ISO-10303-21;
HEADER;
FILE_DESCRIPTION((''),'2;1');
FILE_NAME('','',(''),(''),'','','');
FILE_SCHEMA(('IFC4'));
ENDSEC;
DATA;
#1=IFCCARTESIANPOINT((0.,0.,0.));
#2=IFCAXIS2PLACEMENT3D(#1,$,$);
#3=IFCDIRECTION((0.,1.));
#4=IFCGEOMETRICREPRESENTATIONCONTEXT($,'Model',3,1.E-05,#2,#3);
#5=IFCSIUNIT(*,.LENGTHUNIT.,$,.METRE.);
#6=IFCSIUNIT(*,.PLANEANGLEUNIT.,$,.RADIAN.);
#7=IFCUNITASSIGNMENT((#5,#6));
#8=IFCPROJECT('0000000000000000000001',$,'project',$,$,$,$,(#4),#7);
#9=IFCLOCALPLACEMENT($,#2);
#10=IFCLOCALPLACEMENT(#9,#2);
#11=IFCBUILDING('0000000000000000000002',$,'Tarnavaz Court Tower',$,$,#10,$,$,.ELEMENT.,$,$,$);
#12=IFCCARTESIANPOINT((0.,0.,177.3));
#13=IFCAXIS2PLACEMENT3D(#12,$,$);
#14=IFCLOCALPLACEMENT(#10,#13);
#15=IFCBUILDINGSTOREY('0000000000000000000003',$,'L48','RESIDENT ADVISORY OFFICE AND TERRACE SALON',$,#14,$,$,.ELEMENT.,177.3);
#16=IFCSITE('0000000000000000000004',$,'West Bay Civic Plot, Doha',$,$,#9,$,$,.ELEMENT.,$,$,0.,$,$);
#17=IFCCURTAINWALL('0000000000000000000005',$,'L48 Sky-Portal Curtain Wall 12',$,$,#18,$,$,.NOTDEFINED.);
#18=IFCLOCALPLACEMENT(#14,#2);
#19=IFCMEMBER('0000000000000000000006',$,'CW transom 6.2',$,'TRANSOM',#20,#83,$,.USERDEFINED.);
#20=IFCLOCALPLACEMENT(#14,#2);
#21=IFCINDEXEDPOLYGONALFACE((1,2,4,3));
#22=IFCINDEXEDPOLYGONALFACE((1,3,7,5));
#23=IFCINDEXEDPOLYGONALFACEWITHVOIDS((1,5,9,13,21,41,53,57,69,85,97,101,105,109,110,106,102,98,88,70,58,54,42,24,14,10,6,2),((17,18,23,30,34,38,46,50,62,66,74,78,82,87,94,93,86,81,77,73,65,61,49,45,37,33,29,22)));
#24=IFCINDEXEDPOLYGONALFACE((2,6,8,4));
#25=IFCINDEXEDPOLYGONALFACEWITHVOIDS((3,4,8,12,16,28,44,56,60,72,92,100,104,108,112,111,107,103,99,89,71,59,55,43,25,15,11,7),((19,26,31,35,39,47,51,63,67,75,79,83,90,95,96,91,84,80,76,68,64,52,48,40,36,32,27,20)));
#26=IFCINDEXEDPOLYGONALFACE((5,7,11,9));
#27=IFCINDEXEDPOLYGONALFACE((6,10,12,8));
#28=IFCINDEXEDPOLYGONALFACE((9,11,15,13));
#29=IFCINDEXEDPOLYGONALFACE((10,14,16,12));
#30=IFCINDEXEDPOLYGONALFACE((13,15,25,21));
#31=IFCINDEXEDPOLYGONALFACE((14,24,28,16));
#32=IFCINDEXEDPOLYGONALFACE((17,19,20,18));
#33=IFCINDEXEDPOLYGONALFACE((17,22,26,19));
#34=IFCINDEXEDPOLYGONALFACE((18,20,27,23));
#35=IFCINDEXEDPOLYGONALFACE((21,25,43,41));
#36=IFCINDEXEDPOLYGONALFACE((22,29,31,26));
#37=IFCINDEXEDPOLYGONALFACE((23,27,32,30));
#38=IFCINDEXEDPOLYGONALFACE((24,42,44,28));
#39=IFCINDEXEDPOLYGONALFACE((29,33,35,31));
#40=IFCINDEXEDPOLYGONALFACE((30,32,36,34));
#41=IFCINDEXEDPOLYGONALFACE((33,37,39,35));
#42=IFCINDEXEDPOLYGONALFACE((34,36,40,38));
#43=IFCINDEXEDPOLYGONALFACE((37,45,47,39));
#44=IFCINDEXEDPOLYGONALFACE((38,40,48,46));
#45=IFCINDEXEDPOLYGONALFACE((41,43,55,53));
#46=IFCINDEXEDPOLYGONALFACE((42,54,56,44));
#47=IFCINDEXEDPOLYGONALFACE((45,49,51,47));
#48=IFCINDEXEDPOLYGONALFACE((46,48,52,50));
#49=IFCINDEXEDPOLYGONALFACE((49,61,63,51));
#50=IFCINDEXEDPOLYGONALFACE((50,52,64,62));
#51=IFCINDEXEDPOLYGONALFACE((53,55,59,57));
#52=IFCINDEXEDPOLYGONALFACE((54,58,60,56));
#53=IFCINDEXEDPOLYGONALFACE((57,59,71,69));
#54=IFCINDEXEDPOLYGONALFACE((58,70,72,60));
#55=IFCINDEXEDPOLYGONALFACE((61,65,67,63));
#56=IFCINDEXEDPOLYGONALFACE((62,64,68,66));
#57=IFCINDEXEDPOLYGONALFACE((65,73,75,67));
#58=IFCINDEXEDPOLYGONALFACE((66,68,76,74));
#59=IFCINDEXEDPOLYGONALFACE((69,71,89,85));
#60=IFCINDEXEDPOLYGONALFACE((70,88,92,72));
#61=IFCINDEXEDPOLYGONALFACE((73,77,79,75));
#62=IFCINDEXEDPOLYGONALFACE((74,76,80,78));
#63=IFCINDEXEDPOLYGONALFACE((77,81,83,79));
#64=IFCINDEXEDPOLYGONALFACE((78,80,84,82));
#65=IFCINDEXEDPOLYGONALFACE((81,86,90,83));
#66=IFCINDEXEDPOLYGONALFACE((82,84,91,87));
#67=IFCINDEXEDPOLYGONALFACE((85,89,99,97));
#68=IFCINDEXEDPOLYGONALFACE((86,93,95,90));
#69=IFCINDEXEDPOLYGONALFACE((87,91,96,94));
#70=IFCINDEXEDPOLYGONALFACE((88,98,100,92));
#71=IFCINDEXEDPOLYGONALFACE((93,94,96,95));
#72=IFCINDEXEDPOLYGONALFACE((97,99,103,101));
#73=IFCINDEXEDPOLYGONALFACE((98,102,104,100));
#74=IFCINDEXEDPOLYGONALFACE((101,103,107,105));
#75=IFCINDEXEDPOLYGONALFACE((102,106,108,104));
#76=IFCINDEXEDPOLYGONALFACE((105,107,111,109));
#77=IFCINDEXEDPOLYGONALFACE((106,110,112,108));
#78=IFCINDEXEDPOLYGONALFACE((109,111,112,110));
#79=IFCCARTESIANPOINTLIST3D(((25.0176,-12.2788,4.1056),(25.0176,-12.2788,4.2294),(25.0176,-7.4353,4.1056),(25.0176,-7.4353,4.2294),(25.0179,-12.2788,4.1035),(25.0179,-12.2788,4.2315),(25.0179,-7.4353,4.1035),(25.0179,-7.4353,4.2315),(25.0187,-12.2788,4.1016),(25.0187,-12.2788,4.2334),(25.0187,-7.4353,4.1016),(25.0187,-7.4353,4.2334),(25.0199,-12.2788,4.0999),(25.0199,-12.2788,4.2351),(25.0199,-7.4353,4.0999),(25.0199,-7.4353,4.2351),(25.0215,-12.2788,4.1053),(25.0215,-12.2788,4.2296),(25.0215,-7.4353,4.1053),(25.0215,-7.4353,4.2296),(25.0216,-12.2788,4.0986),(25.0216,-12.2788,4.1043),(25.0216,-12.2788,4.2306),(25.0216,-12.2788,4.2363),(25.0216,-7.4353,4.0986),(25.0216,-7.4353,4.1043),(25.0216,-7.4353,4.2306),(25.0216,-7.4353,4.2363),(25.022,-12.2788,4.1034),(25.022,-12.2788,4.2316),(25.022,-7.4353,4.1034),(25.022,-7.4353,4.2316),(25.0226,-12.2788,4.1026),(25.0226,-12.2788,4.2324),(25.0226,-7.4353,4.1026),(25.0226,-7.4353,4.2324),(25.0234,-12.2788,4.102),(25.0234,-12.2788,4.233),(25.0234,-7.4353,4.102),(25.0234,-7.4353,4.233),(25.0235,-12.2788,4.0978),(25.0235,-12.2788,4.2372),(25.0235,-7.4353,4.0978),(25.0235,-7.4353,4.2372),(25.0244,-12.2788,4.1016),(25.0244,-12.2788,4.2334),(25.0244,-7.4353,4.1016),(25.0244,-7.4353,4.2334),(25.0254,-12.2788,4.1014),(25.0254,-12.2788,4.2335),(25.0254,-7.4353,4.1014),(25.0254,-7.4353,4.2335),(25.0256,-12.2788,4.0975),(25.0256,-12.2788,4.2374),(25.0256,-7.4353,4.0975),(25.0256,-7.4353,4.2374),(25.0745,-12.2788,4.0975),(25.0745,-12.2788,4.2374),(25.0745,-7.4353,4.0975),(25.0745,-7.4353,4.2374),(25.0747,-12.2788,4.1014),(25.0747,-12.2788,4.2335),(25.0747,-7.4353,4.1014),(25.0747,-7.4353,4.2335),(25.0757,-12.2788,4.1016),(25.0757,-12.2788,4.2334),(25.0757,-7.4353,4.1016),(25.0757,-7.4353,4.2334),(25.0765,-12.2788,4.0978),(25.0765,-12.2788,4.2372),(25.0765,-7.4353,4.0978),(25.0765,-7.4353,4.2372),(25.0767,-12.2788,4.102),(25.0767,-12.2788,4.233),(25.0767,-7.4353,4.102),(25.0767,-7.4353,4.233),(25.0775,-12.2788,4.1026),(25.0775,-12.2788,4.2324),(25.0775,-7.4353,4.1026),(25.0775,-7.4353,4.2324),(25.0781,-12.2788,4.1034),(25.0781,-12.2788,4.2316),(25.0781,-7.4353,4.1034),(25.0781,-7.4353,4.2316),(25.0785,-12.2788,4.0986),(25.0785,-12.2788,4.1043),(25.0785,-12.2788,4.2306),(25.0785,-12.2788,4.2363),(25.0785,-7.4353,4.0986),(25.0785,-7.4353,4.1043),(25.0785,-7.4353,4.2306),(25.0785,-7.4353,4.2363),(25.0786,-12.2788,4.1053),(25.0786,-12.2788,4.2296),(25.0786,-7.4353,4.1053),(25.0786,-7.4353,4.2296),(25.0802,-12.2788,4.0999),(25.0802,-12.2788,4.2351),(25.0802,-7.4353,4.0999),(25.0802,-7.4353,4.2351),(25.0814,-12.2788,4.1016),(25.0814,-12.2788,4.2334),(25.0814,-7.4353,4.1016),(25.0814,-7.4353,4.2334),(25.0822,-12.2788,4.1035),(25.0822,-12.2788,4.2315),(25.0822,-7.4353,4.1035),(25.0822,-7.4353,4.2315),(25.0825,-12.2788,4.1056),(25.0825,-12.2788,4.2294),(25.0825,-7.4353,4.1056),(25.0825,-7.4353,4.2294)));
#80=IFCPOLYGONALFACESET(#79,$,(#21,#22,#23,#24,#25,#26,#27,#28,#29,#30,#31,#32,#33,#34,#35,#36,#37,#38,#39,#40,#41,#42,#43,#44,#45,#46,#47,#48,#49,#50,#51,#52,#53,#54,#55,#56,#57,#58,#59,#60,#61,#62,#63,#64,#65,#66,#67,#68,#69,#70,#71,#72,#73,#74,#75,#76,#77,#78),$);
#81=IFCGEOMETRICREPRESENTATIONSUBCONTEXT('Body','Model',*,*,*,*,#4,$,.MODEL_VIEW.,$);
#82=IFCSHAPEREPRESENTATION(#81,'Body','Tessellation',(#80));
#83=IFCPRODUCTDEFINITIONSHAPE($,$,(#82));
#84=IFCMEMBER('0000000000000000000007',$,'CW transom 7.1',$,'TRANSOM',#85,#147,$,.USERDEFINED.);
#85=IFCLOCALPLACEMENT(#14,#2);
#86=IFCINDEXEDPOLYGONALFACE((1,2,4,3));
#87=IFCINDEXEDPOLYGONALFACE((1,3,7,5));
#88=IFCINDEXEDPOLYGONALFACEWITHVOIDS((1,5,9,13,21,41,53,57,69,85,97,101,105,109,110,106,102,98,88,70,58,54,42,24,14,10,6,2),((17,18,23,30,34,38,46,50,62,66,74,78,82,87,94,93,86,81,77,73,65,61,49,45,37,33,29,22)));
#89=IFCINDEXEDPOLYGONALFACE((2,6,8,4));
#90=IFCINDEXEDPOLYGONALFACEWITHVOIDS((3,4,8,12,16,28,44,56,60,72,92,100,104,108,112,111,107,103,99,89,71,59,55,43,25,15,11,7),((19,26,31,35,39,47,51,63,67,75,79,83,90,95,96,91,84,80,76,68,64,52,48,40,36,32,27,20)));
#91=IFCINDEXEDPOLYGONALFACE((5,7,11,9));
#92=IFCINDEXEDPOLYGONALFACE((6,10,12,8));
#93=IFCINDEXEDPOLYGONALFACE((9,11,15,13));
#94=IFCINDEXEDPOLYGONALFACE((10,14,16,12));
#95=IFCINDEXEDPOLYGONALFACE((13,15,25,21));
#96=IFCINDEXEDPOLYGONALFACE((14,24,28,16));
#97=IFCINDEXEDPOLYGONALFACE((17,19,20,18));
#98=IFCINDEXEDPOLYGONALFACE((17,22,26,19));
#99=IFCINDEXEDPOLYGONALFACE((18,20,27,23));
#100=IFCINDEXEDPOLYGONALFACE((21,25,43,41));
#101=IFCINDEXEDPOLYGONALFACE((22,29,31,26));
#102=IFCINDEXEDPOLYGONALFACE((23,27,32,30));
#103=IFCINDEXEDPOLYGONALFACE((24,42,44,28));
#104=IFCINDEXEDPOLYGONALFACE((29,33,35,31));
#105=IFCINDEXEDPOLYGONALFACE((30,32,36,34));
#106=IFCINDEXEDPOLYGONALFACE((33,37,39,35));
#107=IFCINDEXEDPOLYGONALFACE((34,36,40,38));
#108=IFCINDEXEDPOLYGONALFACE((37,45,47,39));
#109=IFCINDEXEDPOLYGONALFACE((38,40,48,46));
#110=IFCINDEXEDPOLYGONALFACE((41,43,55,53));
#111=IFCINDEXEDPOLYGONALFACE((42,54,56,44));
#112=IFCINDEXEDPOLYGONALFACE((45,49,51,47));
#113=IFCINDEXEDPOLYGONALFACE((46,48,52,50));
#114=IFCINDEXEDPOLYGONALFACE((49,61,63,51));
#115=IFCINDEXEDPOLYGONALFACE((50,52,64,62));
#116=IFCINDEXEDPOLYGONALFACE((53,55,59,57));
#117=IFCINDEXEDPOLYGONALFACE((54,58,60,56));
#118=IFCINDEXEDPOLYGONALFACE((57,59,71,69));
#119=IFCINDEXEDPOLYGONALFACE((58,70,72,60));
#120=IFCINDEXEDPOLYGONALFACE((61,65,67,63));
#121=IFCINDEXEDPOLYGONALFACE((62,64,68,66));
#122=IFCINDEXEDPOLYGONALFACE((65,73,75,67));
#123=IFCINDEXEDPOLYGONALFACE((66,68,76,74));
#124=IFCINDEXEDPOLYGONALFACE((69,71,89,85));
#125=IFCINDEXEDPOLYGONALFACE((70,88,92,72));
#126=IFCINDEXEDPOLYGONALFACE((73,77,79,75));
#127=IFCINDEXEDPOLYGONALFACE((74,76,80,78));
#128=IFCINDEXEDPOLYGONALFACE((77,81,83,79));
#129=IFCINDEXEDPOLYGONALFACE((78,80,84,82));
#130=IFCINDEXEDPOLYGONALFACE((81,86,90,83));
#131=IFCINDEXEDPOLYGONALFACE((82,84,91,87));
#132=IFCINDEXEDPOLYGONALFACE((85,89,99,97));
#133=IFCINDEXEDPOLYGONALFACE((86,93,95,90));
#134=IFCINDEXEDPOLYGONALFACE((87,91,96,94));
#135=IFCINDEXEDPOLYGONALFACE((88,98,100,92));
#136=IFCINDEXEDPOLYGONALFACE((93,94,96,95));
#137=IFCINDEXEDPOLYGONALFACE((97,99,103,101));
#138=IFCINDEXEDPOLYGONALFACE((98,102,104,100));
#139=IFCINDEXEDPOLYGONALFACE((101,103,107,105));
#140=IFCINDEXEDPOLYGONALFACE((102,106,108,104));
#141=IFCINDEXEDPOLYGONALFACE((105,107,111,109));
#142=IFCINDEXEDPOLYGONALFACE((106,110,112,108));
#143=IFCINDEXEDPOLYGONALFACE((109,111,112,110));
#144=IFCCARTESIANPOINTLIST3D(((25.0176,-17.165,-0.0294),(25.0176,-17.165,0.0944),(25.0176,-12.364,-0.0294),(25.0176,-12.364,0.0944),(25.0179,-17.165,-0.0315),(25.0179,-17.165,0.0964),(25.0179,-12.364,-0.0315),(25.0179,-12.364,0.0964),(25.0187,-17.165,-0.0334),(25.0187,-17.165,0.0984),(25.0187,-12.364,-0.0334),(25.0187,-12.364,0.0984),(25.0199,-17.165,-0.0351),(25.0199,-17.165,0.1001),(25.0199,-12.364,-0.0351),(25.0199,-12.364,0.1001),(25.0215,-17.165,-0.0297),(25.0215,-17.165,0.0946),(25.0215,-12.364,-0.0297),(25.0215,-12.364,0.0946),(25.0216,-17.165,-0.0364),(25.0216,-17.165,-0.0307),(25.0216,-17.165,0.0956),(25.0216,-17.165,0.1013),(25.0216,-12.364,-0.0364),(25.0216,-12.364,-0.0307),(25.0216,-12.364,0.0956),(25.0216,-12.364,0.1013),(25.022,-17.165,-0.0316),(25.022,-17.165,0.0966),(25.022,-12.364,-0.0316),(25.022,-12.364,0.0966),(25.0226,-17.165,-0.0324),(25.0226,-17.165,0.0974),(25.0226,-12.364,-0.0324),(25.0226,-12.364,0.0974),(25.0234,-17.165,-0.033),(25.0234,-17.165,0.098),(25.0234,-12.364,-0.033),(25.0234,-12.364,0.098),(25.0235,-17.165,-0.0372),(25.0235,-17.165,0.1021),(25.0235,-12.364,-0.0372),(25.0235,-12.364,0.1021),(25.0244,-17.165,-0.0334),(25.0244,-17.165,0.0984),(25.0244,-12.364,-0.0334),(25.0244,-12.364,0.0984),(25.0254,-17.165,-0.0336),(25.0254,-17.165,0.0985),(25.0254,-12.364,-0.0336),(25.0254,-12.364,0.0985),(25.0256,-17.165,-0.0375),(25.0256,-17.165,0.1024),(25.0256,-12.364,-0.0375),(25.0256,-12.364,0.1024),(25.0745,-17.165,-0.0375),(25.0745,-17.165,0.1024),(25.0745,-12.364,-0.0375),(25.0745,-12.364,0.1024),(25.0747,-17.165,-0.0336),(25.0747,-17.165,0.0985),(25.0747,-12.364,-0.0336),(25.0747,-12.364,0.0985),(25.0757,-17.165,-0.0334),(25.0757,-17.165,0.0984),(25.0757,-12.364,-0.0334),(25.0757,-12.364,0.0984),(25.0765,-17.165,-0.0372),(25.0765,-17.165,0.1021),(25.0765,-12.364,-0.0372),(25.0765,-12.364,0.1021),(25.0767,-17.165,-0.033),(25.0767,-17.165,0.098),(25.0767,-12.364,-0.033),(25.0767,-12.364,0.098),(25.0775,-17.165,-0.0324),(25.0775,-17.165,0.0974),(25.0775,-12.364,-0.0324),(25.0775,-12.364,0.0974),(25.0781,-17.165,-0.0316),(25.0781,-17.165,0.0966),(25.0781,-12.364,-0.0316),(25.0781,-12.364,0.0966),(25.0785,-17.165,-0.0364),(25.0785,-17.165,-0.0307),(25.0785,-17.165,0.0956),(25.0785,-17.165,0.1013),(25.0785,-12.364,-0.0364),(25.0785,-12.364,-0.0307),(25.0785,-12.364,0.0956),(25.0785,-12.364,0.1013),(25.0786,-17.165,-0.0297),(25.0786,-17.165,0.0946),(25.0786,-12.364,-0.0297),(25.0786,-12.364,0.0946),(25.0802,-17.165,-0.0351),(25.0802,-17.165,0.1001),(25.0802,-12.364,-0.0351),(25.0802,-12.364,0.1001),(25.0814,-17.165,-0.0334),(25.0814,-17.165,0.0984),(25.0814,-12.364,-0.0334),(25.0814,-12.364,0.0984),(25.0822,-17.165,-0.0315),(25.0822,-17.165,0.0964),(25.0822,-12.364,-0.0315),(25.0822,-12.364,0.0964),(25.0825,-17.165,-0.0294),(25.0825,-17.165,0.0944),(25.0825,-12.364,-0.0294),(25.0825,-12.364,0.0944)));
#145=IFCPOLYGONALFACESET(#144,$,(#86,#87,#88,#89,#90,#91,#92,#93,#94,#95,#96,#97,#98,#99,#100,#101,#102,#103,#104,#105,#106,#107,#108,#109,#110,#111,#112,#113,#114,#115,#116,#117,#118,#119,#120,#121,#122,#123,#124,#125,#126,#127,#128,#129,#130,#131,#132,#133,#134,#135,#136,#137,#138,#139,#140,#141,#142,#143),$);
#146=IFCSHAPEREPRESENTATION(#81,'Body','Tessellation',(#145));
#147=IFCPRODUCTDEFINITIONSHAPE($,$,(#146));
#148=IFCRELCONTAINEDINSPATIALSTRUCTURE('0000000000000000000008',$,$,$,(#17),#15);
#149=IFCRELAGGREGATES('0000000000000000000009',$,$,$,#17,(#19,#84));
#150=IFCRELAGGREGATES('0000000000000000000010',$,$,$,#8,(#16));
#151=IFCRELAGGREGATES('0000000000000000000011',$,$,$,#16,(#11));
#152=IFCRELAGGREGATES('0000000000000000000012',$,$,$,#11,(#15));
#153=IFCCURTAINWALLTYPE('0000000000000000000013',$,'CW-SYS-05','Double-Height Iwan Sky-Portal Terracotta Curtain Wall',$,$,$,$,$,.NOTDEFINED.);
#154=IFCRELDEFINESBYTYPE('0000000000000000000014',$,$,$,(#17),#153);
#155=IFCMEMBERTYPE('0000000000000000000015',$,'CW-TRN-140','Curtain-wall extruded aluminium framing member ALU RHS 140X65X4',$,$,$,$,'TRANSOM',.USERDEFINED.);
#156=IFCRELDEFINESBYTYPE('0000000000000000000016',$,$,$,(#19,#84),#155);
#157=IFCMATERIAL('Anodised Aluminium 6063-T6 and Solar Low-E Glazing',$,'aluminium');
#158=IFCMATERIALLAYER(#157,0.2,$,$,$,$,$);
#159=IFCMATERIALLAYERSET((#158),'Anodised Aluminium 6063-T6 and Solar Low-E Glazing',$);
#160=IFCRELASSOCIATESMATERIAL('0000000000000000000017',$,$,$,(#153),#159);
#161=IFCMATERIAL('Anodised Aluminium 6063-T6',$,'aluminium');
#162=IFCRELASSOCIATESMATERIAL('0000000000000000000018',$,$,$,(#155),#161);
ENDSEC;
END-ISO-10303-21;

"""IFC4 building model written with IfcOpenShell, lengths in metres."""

from ifc_helpers import new_model, si_unit, direction, frame, origin, origin_2d, place, context, subcontext, project, spatial, hollow_rectangle, extrude, material, layer, layer_set, material_profile, profile_set, type_object, element, aggregate, save


model = new_model("IFC4")

# Units and contexts
model_context = context("Model", 3, precision=1e-05, world=origin(), true_north=direction((0.0, 1.0)))
body_context = subcontext(model_context, "Body", "Model", "MODEL_VIEW")
ifc_project = project(units=[si_unit("LENGTHUNIT", "METRE"), si_unit("PLANEANGLEUNIT", "RADIAN")], contexts=[model_context])

# Site, building, storey
site_placement = place(None, origin())
site = spatial("IfcSite", under=ifc_project, at=site_placement, Name="West Bay Civic Plot, Doha", CompositionType="ELEMENT", RefElevation=0.0)
building_placement = place(site_placement, origin())
building = spatial("IfcBuilding", under=site, at=building_placement, Name="Tarnavaz Court Tower", CompositionType="ELEMENT")
storey_placement = place(building_placement, frame((0.0, 0.0, 177.3)))
storey = spatial("IfcBuildingStorey", under=building, at=storey_placement, Name="L48", Description="RESIDENT ADVISORY OFFICE AND TERRACE SALON", CompositionType="ELEMENT", Elevation=177.3)

# Curtain wall, members
ifc_material_1 = material(Name="Anodised Aluminium 6063-T6 and Solar Low-E Glazing", Category="aluminium")
ifc_layer_1 = layer(ifc_material_1, 0.2)
ifc_layer_set_1 = layer_set([ifc_layer_1], Name="Anodised Aluminium 6063-T6 and Solar Low-E Glazing")
curtain_wall_type = type_object("IfcCurtainWallType", Name="CW-SYS-05", Description="Double-Height Iwan Sky-Portal Terracotta Curtain Wall", PredefinedType="NOTDEFINED", material=ifc_layer_set_1)
curtain_wall_placement = place(storey_placement, origin())
curtain_wall = element("IfcCurtainWall", 1, at=curtain_wall_placement, inside=storey, type_object=curtain_wall_type, Name="L48 Sky-Portal Curtain Wall 12", PredefinedType="NOTDEFINED")
ifc_material_2 = material(Name="Anodised Aluminium 6063-T6", Category="aluminium")
ifc_material_profile_1 = material_profile(ifc_material_2, hollow_rectangle(XDim=0.0649, YDim=0.1399, WallThickness=0.0039, InnerFilletRadius=0.0039, OuterFilletRadius=0.0081, at=origin_2d()), Name="ALU RHS 140X65X4")
ifc_profile_set_1 = profile_set([ifc_material_profile_1], Name="Anodised Aluminium 6063-T6")
member_type_1 = type_object("IfcMemberType", Name="CW-TRN-140", Description="Curtain-wall extruded aluminium framing member ALU RHS 140X65X4", ElementType="TRANSOM", PredefinedType="USERDEFINED", material=ifc_profile_set_1)
member_1_placement = place(storey_placement, frame((25.05, -7.4353, 4.1675), z_axis=(0.0, -1.0, 0.0), x_axis=(1.0, 0.0, 0.0)))
member_1 = element("IfcMember", 2, at=member_1_placement, type_object=member_type_1, Name="CW transom 6.2", ObjectType="TRANSOM", PredefinedType="USERDEFINED", context=body_context, shape_type="SweptSolid", body=[
    extrude(hollow_rectangle(XDim=0.0649, YDim=0.1399, WallThickness=0.0039, InnerFilletRadius=0.0039, OuterFilletRadius=0.0081, at=origin_2d()), origin(), (0.0, 0.0, 1.0), 4.8435),
])
member_2_placement = place(storey_placement, frame((25.05, -12.364, 0.0325), z_axis=(0.0, -1.0, 0.0), x_axis=(1.0, 0.0, 0.0)))
member_2 = element("IfcMember", 3, at=member_2_placement, type_object=member_type_1, Name="CW transom 7.1", ObjectType="TRANSOM", PredefinedType="USERDEFINED", context=body_context, shape_type="SweptSolid", body=[
    extrude(hollow_rectangle(XDim=0.0649, YDim=0.1399, WallThickness=0.0039, InnerFilletRadius=0.0039, OuterFilletRadius=0.0081, at=origin_2d()), origin(), (0.0, 0.0, 1.0), 4.801),
])
aggregate(curtain_wall, [member_1, member_2])

save(model, "model.ifc")
